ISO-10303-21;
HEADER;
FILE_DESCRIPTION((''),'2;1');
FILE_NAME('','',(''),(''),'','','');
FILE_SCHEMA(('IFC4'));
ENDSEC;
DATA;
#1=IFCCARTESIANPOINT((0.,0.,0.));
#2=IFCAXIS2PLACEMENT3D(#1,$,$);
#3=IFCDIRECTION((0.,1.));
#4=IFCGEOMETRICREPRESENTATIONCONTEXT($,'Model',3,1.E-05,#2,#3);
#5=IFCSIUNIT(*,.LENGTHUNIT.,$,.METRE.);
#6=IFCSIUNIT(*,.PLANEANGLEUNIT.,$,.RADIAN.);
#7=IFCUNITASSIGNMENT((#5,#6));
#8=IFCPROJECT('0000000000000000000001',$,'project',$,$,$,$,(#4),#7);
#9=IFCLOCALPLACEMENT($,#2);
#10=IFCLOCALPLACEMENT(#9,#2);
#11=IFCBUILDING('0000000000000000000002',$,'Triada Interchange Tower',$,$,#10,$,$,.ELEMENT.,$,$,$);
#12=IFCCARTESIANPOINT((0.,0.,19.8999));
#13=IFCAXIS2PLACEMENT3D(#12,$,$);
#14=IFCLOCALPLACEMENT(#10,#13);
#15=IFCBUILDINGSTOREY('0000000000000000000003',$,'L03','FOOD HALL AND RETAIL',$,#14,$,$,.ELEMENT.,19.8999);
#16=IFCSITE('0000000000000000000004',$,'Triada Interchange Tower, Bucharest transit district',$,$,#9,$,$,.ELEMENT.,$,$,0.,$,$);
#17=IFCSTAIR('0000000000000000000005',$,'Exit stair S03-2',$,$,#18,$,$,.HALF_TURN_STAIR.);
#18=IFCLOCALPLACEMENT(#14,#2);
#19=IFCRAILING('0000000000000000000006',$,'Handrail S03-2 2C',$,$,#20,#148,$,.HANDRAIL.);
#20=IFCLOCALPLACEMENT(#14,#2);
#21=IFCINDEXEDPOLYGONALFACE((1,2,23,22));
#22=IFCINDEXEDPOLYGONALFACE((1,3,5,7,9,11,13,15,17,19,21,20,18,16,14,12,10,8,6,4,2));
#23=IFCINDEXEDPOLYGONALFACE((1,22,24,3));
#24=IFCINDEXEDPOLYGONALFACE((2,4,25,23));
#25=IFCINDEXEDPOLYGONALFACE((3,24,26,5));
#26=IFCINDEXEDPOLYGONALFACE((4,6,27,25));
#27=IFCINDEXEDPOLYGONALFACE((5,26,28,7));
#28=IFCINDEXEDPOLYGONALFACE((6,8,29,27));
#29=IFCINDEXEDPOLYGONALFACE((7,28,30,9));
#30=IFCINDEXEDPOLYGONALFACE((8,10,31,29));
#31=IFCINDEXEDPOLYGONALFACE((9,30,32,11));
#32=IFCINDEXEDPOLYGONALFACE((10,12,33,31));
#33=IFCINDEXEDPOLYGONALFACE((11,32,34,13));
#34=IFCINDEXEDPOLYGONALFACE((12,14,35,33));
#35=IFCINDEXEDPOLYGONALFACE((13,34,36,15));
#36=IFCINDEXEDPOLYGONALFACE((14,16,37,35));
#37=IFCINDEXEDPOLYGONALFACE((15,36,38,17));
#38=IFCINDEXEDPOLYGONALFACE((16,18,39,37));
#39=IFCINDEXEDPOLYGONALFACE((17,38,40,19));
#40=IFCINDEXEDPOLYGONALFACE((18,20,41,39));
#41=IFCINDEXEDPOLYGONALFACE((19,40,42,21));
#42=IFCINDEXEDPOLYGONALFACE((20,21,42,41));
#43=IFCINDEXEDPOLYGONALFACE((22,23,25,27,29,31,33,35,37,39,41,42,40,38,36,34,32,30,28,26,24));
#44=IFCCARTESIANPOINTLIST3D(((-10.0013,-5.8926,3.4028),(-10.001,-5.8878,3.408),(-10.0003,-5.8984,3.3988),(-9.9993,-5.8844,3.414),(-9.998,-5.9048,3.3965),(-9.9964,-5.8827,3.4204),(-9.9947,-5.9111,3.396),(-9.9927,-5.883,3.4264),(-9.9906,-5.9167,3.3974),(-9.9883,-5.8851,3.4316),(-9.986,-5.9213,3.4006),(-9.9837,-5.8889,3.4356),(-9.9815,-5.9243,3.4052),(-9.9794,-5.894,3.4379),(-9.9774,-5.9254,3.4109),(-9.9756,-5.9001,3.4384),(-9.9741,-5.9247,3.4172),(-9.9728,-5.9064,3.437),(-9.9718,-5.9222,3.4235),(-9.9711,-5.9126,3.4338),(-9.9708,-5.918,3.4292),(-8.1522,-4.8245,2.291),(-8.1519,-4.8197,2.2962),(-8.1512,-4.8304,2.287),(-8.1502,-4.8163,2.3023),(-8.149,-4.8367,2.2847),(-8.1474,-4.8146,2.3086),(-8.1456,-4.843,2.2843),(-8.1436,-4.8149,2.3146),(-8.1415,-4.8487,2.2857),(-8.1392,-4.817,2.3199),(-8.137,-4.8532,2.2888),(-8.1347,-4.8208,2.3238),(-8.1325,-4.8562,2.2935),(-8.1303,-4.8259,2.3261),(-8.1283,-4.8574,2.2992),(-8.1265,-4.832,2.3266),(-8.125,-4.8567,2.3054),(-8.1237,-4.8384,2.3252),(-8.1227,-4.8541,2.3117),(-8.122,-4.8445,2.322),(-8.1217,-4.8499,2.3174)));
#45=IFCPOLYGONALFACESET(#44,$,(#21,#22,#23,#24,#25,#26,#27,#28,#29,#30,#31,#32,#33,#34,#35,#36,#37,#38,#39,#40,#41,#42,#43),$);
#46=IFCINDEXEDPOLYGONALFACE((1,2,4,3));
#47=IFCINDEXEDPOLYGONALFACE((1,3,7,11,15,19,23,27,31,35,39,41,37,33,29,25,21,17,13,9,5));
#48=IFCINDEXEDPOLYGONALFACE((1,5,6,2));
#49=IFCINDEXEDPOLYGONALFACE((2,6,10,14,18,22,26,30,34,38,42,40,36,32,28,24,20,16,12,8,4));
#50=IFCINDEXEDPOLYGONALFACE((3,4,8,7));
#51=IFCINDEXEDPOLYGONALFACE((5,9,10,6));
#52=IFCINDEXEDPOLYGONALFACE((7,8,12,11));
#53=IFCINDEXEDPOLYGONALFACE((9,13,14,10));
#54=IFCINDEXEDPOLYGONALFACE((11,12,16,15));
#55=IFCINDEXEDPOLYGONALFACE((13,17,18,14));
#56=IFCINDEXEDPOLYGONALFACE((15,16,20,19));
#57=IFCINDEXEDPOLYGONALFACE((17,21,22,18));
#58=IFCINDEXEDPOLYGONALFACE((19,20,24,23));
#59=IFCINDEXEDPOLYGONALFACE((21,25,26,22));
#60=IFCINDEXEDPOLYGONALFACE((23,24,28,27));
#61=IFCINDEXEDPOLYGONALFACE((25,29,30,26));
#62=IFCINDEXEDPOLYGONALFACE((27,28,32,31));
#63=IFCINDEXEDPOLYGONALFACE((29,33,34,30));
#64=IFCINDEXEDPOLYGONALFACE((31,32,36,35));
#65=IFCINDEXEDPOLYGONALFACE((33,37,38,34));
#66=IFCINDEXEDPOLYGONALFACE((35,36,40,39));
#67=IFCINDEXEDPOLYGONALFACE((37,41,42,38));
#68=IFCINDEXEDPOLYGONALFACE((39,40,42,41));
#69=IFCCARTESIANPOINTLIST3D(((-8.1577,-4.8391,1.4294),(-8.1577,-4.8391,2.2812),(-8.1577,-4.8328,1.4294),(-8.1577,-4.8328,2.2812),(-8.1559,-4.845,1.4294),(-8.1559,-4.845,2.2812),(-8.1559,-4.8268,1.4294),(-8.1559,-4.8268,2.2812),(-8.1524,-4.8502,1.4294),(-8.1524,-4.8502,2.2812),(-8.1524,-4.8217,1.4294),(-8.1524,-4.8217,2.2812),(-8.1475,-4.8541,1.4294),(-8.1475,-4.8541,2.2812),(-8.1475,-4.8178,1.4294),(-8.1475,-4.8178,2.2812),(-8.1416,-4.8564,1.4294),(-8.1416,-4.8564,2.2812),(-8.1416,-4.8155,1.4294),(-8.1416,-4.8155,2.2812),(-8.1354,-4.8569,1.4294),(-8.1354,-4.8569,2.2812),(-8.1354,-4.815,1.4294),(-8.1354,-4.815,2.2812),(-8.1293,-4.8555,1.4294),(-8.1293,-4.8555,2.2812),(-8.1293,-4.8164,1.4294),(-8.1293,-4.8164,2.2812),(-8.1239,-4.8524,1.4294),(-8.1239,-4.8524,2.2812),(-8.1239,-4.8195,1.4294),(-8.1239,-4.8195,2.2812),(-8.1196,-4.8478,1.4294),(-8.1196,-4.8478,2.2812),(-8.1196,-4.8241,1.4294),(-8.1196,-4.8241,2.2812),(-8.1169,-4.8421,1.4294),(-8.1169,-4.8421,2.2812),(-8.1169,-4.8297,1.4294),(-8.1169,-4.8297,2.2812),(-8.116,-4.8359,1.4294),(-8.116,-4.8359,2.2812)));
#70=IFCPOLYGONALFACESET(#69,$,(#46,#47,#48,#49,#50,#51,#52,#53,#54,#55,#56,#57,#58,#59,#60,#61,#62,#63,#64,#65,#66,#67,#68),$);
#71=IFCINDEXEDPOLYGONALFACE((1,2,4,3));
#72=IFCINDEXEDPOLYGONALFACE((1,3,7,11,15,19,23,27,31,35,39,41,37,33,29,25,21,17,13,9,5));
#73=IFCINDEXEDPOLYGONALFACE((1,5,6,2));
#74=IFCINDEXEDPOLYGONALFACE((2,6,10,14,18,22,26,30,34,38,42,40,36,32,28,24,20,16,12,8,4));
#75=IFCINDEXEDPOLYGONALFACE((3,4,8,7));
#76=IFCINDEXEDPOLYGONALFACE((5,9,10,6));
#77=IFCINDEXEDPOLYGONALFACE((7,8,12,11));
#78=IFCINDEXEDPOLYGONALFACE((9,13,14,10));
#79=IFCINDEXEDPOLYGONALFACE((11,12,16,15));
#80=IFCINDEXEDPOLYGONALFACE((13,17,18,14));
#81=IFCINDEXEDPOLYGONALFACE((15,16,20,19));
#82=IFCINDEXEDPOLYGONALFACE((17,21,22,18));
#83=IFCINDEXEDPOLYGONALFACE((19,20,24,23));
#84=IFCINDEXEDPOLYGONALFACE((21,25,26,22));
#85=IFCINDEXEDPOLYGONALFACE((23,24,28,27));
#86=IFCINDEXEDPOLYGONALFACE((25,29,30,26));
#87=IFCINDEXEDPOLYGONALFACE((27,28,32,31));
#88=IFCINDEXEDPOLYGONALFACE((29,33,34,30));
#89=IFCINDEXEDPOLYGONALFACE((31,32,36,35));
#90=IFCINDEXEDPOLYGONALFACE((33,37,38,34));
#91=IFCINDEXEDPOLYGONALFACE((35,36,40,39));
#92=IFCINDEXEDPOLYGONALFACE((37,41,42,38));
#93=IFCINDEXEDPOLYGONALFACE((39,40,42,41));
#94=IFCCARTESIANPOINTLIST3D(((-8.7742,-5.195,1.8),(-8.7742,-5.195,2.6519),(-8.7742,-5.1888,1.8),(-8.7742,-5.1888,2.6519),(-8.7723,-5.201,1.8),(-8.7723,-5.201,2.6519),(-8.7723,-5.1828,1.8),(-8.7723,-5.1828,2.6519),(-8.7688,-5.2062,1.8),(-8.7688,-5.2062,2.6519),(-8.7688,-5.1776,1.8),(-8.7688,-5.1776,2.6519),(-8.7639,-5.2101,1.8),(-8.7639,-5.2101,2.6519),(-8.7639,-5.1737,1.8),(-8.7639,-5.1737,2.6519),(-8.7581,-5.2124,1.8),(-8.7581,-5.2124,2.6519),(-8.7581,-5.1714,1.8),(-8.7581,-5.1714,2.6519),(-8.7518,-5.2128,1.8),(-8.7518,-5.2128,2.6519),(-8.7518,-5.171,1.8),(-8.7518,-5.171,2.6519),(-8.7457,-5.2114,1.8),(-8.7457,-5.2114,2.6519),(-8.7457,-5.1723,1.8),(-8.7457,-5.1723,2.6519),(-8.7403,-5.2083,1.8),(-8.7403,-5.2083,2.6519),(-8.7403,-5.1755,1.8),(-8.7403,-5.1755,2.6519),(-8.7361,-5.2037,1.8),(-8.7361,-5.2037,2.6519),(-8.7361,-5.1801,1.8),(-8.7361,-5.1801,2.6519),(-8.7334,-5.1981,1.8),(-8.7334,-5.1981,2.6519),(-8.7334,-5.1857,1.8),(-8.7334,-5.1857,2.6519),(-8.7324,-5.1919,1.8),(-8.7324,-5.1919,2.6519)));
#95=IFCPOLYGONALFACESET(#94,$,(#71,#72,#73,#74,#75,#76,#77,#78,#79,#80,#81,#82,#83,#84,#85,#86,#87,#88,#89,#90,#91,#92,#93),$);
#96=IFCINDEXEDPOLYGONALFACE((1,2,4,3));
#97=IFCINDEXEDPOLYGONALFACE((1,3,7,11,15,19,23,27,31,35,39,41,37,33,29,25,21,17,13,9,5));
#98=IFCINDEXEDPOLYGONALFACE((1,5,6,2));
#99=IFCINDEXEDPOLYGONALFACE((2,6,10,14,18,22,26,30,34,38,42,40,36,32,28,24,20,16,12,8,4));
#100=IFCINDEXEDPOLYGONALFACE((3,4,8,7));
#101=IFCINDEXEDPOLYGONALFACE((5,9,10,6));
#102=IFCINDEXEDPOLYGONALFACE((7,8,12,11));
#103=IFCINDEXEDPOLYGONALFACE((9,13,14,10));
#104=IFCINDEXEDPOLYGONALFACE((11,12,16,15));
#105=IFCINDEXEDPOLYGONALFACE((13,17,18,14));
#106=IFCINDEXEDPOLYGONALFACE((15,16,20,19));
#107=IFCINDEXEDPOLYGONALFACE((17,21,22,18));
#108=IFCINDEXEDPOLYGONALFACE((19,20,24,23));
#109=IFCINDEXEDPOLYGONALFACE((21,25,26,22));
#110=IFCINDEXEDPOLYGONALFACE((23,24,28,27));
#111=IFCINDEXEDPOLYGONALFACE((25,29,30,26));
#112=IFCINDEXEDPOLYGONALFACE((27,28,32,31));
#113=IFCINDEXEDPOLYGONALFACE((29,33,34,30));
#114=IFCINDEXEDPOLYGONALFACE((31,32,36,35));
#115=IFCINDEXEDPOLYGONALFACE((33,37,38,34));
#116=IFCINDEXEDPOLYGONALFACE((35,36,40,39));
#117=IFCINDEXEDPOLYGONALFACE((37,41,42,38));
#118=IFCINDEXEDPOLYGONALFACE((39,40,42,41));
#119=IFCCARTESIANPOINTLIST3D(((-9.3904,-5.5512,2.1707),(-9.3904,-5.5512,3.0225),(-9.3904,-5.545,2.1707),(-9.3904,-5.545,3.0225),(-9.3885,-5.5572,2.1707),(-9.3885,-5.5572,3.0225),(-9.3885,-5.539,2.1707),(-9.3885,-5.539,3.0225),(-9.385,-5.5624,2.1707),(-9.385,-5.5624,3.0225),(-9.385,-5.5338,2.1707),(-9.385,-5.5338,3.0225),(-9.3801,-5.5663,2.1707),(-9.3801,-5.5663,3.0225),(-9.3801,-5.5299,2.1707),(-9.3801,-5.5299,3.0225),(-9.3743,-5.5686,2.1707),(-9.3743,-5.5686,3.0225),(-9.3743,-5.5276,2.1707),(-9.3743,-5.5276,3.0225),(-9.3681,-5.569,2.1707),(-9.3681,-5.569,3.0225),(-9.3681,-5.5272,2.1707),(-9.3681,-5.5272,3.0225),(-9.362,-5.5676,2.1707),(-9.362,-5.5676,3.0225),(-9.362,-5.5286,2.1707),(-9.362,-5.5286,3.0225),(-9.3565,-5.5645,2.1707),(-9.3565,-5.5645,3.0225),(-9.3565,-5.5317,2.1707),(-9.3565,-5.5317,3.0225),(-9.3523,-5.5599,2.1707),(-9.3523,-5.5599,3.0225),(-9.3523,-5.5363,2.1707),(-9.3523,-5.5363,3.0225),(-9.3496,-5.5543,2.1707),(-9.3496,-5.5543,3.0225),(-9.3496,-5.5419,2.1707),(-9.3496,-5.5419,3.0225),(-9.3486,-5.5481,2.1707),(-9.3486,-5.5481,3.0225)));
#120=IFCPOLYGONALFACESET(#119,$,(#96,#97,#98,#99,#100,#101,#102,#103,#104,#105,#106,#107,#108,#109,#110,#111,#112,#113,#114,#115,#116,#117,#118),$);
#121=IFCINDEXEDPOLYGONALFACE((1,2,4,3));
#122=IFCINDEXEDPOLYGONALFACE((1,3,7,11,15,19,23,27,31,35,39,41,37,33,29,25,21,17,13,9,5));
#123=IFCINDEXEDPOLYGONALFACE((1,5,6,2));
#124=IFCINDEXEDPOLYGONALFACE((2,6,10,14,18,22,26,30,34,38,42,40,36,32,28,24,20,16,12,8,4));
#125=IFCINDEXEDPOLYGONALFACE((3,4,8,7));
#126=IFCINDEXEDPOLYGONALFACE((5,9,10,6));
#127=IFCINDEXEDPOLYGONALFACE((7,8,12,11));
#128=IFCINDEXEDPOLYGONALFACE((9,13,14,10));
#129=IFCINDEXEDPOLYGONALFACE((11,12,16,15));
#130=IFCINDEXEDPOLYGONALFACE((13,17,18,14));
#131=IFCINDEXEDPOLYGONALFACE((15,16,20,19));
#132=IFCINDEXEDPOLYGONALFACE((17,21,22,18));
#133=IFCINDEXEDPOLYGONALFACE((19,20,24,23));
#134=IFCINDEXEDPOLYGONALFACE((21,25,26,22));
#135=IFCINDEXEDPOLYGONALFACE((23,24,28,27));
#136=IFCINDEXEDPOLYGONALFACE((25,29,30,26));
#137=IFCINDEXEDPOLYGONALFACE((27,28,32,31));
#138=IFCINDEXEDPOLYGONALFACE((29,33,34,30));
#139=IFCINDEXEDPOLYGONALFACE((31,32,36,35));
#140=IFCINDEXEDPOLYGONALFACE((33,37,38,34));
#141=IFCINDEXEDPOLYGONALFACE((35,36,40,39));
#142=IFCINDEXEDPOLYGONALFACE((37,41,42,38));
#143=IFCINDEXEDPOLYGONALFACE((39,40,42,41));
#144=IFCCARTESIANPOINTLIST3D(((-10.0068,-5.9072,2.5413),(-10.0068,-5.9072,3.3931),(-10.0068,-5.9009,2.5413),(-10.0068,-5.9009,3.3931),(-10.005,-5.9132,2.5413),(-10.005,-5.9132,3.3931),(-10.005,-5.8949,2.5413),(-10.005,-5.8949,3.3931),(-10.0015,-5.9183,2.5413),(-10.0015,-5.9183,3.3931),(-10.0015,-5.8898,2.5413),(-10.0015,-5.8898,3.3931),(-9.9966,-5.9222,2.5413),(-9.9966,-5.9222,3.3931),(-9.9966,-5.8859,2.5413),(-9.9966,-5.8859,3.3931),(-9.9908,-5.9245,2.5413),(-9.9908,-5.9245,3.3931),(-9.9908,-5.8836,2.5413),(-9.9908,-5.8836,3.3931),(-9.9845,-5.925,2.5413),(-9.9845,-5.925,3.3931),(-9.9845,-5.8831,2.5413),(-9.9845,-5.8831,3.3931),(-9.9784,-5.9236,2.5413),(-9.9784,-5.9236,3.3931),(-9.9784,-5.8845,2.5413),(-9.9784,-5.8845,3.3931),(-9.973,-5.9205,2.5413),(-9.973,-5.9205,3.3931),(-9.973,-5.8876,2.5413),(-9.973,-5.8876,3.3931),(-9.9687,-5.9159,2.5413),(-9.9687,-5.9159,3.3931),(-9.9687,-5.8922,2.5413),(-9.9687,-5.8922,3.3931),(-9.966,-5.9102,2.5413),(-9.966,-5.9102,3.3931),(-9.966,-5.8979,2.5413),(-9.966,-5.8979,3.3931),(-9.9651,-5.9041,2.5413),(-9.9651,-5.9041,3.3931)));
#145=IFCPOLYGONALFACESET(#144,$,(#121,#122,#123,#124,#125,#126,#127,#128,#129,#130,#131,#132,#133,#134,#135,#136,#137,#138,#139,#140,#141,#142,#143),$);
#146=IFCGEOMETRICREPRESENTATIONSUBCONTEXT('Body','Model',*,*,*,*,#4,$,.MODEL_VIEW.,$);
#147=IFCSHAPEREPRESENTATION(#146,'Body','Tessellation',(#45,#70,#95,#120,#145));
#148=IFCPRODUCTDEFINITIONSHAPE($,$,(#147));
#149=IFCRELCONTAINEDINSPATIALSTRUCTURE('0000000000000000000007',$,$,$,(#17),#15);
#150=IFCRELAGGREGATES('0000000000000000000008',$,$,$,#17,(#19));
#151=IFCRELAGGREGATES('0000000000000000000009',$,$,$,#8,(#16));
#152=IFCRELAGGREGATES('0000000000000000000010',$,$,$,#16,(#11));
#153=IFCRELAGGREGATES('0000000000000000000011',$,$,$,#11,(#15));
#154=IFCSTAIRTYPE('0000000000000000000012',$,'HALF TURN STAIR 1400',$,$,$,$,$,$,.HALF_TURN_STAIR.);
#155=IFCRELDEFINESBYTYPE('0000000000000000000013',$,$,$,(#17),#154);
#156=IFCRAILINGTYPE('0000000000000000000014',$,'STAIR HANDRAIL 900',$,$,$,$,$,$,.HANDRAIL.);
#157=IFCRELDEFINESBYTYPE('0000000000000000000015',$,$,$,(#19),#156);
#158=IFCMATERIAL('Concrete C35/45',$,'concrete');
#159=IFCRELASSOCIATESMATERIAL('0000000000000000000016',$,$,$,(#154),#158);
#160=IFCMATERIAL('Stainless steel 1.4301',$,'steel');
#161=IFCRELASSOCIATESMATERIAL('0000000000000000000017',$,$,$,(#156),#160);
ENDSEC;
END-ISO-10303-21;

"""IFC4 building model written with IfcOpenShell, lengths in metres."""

from ifc_helpers import new_model, si_unit, direction, frame, origin, origin_2d, place, context, subcontext, project, spatial, circle, extrude, material, type_object, element, aggregate, save


model = new_model("IFC4")

# Units and contexts
model_context = context("Model", 3, precision=1e-05, world=origin(), true_north=direction((0.0, 1.0)))
body_context = subcontext(model_context, "Body", "Model", "MODEL_VIEW")
ifc_project = project(units=[si_unit("LENGTHUNIT", "METRE"), si_unit("PLANEANGLEUNIT", "RADIAN")], contexts=[model_context])

# Site, building, storey
site_placement = place(None, origin())
site = spatial("IfcSite", under=ifc_project, at=site_placement, Name="Triada Interchange Tower, Bucharest transit district", CompositionType="ELEMENT", RefElevation=0.0)
building_placement = place(site_placement, origin())
building = spatial("IfcBuilding", under=site, at=building_placement, Name="Triada Interchange Tower", CompositionType="ELEMENT")
storey_placement = place(building_placement, frame((0.0, 0.0, 19.8999)))
storey = spatial("IfcBuildingStorey", under=building, at=storey_placement, Name="L03", Description="FOOD HALL AND RETAIL", CompositionType="ELEMENT", Elevation=19.8999)

# Shared definitions
ifc_material_1 = material(Name="Concrete C35/45", Category="concrete")

# Stair, railing
stair_type = type_object("IfcStairType", Name="HALF TURN STAIR 1400", PredefinedType="HALF_TURN_STAIR", material=ifc_material_1)
stair_placement = place(storey_placement, origin())
stair = element("IfcStair", 1, at=stair_placement, inside=storey, type_object=stair_type, Name="Exit stair S03-2", PredefinedType="HALF_TURN_STAIR")
ifc_material_2 = material(Name="Stainless steel 1.4301", Category="steel")
railing_type = type_object("IfcRailingType", Name="STAIR HANDRAIL 900", PredefinedType="HANDRAIL", material=ifc_material_2)
railing_1_placement = place(storey_placement, frame((-8.137, -4.8359, 1.4294)))
railing_1 = element("IfcRailing", 2, at=railing_1_placement, type_object=railing_type, Name="Handrail S03-2 2C", PredefinedType="HANDRAIL", context=body_context, shape_type="SweptSolid", body=[
    extrude(circle(Radius=0.0239, at=origin_2d()), frame((0.0, 0.0, 0.876), z_axis=(-0.768054, -0.443654, 0.461806), x_axis=(0.500184, -0.865919, 0.0)), (0.0, 0.0, 1.0), 2.4075),
    extrude(circle(Radius=0.021, at=origin_2d()), origin(), (0.0, 0.0, 1.0), 0.8518),
    extrude(circle(Radius=0.021, at=origin_2d()), frame((-0.6165, -0.356, 0.3706)), (0.0, 0.0, 1.0), 0.8518),
    extrude(circle(Radius=0.021, at=origin_2d()), frame((-1.2327, -0.7122, 0.7412)), (0.0, 0.0, 1.0), 0.8518),
    extrude(circle(Radius=0.021, at=origin_2d()), frame((-1.8491, -1.0681, 1.1118)), (0.0, 0.0, 1.0), 0.8518),
])
aggregate(stair, [railing_1])

save(model, "model.ifc")
